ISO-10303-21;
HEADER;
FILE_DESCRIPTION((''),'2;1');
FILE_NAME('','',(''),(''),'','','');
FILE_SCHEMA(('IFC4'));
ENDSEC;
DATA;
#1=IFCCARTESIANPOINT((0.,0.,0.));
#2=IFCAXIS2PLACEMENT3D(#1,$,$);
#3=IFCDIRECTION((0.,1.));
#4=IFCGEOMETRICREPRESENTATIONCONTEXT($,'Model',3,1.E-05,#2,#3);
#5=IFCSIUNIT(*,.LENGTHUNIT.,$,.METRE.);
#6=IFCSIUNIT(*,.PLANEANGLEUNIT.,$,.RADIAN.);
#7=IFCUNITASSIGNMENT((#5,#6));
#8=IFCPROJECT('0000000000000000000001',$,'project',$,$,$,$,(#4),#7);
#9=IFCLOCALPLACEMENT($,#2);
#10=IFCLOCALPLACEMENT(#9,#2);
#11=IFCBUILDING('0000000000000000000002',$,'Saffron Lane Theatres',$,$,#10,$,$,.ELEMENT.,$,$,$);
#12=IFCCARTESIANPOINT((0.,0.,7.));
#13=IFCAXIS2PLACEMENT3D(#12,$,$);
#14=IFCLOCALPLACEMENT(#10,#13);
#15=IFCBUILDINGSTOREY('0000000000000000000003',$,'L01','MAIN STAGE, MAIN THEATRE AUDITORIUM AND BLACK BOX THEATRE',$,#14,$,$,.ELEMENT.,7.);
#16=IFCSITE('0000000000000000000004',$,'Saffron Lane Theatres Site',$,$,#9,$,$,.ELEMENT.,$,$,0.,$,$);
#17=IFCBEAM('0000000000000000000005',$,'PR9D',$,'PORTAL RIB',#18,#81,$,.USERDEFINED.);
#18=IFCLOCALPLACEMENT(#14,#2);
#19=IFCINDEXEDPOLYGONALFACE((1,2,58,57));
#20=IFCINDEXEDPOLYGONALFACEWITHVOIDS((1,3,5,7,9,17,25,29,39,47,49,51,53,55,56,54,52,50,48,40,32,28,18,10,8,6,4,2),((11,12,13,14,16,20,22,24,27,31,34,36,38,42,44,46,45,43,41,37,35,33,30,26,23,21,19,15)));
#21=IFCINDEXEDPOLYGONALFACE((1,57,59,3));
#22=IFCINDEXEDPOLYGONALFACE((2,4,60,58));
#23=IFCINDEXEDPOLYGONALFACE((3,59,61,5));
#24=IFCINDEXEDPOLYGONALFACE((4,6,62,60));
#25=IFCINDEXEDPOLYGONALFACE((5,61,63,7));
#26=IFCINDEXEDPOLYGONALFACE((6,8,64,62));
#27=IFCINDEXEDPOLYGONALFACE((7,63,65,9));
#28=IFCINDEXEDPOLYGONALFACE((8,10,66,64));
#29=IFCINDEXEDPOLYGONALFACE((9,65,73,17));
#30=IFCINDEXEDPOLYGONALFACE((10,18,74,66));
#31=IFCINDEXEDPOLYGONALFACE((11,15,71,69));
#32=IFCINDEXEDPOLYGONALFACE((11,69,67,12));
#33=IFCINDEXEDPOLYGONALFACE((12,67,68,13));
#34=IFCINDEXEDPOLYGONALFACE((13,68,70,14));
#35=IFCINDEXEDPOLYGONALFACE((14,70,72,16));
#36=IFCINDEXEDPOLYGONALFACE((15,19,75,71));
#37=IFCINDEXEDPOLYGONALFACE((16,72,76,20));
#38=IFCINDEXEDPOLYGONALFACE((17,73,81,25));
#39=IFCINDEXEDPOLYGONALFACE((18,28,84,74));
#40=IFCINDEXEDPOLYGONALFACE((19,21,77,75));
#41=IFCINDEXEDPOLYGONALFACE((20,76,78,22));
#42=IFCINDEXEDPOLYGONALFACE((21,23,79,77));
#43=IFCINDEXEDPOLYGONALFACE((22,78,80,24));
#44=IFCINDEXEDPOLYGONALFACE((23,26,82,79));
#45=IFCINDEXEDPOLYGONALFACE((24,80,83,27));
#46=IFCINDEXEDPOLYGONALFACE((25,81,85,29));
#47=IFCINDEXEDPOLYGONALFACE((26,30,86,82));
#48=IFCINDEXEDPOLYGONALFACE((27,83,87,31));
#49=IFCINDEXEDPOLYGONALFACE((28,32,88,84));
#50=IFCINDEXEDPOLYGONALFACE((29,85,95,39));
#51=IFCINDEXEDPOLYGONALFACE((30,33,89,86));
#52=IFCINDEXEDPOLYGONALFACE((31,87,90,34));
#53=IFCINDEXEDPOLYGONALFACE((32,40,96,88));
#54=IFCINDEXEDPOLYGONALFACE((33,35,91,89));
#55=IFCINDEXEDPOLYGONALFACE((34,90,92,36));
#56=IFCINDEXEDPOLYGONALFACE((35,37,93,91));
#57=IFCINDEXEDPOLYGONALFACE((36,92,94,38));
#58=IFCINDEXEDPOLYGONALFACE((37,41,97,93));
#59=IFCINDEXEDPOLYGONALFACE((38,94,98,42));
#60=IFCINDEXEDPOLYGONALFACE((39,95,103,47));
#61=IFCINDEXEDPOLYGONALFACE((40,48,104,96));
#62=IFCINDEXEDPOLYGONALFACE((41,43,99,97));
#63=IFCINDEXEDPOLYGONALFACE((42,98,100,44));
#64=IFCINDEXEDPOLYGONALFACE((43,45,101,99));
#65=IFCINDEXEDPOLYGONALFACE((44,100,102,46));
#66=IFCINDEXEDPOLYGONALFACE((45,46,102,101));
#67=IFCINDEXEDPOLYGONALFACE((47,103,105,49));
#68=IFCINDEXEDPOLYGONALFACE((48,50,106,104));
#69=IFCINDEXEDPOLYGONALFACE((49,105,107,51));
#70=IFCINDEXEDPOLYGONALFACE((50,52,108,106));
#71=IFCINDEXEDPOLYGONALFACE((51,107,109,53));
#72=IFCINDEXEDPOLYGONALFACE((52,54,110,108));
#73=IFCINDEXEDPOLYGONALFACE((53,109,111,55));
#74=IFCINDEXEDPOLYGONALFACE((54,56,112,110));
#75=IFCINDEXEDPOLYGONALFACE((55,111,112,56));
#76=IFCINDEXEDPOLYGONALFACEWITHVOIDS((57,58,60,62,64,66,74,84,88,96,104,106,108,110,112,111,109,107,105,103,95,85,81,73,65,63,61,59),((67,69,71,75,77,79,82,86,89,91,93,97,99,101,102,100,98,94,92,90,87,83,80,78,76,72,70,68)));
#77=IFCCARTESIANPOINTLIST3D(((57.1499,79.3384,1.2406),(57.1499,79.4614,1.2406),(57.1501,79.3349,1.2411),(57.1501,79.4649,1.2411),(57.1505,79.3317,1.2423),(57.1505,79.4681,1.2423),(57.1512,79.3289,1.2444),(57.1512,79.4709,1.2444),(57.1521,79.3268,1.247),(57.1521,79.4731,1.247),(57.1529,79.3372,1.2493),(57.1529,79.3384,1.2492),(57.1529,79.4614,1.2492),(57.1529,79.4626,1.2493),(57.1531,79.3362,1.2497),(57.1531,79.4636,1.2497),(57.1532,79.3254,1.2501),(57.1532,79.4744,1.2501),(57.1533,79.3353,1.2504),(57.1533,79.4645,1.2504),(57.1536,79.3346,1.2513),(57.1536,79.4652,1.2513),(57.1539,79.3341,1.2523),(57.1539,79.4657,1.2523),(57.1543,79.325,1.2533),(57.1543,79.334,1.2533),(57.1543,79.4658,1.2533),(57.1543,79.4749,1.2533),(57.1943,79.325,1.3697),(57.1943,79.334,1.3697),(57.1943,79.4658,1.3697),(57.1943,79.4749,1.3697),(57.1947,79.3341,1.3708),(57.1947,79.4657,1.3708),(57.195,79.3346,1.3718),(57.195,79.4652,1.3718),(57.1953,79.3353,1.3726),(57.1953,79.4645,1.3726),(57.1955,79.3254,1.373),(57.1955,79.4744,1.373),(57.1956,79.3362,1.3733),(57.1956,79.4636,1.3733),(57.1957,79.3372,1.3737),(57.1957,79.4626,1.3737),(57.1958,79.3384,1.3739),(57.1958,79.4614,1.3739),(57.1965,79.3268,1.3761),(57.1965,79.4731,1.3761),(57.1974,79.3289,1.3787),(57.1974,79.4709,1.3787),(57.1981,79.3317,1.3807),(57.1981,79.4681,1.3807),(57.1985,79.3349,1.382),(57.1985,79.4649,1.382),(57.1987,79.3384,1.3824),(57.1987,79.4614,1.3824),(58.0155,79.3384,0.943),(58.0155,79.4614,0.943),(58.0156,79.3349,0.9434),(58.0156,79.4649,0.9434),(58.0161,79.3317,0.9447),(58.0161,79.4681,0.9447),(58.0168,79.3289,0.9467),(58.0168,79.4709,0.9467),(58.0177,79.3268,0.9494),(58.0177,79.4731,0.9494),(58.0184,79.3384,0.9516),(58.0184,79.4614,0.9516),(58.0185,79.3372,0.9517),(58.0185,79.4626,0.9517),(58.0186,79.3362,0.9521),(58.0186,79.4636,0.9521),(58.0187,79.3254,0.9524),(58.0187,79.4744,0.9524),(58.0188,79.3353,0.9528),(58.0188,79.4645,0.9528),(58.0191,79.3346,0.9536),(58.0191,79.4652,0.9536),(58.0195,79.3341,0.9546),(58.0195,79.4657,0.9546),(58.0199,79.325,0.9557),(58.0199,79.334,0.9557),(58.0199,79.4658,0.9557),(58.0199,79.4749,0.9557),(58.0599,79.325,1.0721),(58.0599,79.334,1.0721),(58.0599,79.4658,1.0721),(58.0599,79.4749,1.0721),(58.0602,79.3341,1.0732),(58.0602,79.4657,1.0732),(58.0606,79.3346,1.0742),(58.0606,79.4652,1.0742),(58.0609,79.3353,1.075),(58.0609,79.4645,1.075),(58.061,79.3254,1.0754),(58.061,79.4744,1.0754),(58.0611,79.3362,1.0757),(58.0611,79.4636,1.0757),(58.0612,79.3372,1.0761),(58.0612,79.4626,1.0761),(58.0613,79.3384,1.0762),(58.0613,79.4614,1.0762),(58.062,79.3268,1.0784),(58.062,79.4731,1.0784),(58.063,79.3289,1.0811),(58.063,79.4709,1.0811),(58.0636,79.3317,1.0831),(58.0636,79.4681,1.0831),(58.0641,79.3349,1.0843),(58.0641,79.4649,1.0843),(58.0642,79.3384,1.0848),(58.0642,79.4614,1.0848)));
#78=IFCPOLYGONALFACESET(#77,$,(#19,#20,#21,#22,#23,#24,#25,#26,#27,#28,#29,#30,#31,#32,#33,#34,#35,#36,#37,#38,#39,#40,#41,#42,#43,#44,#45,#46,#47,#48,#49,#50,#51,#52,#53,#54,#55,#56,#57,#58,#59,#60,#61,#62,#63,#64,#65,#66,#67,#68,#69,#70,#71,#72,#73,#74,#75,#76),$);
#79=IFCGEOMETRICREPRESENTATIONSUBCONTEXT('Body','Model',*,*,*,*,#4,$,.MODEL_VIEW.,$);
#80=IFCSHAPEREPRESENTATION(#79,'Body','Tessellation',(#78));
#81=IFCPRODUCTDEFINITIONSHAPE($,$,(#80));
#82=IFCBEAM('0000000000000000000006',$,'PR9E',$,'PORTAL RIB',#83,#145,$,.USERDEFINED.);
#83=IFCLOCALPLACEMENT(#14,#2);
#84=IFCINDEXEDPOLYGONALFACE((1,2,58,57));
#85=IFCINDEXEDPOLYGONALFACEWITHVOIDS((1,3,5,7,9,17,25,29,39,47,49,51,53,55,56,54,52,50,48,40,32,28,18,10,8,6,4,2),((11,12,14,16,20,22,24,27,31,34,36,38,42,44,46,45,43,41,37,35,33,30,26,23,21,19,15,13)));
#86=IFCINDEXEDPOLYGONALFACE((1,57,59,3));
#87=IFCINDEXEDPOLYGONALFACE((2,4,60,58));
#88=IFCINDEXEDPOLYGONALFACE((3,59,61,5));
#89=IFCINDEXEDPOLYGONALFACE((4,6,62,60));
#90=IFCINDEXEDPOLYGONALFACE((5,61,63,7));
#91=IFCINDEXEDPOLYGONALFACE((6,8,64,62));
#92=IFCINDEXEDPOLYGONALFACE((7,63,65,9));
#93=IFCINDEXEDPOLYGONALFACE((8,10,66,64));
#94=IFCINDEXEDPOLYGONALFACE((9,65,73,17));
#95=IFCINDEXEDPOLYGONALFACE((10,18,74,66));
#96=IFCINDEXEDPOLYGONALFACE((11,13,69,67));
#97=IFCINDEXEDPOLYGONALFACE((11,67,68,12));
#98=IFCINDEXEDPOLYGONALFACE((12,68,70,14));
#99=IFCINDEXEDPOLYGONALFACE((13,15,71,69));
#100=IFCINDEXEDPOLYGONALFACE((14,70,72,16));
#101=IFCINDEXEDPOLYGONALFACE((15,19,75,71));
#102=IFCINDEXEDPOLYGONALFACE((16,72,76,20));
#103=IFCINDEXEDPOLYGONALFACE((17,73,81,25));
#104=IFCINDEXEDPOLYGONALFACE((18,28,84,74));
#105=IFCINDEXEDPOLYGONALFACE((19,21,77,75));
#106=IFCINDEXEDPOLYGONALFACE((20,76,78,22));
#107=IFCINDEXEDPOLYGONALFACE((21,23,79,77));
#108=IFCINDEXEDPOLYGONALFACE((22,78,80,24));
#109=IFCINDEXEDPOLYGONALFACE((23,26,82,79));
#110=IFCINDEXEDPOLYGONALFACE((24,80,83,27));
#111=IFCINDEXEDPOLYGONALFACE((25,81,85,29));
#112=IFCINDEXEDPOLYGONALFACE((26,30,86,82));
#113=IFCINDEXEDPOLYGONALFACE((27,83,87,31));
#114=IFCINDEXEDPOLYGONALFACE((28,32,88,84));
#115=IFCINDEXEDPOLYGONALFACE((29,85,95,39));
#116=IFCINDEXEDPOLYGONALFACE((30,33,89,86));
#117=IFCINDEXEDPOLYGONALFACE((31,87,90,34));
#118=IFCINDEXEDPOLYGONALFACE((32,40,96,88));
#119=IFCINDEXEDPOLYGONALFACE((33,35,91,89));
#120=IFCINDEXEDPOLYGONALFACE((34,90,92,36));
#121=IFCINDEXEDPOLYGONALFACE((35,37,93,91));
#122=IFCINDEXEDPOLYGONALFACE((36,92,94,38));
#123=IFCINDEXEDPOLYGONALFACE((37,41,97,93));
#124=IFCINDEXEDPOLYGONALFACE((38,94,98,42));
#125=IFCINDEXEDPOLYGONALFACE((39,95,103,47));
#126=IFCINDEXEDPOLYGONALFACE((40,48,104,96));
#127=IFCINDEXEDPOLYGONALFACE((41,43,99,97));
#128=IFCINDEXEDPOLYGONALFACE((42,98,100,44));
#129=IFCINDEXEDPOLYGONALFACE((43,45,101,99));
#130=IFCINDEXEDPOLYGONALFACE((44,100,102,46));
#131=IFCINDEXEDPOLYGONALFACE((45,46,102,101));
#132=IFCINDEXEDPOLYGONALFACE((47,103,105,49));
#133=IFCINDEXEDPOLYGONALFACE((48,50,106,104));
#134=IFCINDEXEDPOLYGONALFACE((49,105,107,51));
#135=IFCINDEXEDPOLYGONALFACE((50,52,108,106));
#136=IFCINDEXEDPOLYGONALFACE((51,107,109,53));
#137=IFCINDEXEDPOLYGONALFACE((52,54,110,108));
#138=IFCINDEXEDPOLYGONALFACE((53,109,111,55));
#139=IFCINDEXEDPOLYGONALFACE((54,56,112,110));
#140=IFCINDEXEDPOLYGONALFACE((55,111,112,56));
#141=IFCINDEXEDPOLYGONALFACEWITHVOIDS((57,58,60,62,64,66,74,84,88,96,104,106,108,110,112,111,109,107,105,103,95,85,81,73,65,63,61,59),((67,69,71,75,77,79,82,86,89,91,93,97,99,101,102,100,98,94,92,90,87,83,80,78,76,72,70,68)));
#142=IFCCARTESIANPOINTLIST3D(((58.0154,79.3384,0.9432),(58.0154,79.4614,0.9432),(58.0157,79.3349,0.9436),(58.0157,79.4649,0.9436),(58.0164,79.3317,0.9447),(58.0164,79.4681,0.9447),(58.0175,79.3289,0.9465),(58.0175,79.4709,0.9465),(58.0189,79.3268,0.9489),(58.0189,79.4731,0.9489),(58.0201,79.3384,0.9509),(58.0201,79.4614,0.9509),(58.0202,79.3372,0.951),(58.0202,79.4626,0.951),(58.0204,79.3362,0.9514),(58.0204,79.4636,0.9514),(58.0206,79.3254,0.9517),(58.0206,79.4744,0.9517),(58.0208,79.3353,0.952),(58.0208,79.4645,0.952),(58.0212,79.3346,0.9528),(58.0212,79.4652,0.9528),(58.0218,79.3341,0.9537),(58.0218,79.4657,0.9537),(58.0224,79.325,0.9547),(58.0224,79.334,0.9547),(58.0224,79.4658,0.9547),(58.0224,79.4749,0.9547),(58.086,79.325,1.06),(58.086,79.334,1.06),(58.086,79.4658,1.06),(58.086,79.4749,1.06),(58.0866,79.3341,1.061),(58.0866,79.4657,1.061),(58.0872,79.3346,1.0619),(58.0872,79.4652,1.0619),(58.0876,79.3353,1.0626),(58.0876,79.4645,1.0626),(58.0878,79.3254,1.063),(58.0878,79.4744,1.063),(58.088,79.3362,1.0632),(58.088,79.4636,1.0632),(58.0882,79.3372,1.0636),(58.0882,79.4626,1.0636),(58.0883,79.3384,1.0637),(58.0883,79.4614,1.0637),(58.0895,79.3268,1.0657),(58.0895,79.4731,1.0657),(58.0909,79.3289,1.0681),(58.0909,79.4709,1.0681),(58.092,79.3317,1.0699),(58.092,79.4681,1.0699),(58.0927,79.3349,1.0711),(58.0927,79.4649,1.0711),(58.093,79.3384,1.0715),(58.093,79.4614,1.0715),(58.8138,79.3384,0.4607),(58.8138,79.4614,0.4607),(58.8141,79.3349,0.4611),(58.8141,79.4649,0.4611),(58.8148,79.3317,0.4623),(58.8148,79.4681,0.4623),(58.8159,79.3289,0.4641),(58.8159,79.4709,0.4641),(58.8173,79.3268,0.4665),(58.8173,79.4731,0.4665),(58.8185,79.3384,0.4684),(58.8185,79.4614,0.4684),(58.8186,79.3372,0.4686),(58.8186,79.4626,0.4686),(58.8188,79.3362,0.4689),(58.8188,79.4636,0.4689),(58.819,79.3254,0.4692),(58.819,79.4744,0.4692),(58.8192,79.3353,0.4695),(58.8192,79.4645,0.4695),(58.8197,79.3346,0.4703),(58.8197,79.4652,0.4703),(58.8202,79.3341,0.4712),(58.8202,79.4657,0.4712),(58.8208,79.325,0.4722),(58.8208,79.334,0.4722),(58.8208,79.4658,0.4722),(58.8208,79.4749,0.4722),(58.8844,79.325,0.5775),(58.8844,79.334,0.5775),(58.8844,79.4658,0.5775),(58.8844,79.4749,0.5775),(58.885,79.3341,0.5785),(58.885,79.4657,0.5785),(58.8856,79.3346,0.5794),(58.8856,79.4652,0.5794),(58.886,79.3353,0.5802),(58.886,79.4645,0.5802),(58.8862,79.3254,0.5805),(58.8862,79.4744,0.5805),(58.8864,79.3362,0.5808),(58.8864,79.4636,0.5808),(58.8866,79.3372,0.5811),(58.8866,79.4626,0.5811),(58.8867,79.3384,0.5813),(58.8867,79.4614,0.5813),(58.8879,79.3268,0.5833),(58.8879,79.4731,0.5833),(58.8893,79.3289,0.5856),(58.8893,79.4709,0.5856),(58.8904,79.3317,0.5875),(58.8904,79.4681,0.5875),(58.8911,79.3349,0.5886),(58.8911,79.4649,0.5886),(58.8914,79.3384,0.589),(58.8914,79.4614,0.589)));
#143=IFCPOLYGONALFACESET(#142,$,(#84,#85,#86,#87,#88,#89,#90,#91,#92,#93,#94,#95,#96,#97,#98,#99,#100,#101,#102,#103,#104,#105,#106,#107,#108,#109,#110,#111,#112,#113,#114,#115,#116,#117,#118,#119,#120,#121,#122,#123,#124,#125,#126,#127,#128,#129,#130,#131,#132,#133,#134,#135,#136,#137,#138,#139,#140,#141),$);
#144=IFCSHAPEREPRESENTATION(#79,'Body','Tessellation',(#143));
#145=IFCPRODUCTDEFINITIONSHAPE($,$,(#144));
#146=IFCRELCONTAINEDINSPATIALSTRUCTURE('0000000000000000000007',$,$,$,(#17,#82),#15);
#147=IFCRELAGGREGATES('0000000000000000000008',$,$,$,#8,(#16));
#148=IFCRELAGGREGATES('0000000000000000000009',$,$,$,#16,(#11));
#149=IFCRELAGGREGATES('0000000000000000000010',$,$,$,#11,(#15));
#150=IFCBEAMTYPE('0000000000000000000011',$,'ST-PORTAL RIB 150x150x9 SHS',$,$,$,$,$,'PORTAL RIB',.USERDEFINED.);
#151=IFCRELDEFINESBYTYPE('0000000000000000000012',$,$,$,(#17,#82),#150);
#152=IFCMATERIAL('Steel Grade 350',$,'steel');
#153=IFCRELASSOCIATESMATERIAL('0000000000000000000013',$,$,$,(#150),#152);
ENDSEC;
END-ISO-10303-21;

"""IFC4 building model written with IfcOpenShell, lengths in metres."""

from ifc_helpers import new_model, si_unit, direction, frame, origin, origin_2d, place, context, subcontext, project, spatial, hollow_rectangle, extrude, material, material_profile, profile_set, type_object, element, save


model = new_model("IFC4")

# Units and contexts
model_context = context("Model", 3, precision=1e-05, world=origin(), true_north=direction((0.0, 1.0)))
body_context = subcontext(model_context, "Body", "Model", "MODEL_VIEW")
ifc_project = project(units=[si_unit("LENGTHUNIT", "METRE"), si_unit("PLANEANGLEUNIT", "RADIAN")], contexts=[model_context])

# Site, building, storey
site_placement = place(None, origin())
site = spatial("IfcSite", under=ifc_project, at=site_placement, Name="Saffron Lane Theatres Site", CompositionType="ELEMENT", RefElevation=0.0)
building_placement = place(site_placement, origin())
building = spatial("IfcBuilding", under=site, at=building_placement, Name="Saffron Lane Theatres", CompositionType="ELEMENT")
storey_placement = place(building_placement, frame((0.0, 0.0, 7.0)))
storey = spatial("IfcBuildingStorey", under=building, at=storey_placement, Name="L01", Description="MAIN STAGE, MAIN THEATRE AUDITORIUM AND BLACK BOX THEATRE", CompositionType="ELEMENT", Elevation=7.0)

# Beams
ifc_material_1 = material(Name="Steel Grade 350", Category="steel")
ifc_material_profile_1 = material_profile(ifc_material_1, hollow_rectangle(XDim=0.1499, YDim=0.1499, WallThickness=0.009, InnerFilletRadius=0.0044, OuterFilletRadius=0.0134, at=origin_2d()))
ifc_profile_set_1 = profile_set([ifc_material_profile_1], Name="Steel Grade 350")
beam_type_1 = type_object("IfcBeamType", Name="ST-PORTAL RIB 150x150x9 SHS", ElementType="PORTAL RIB", PredefinedType="USERDEFINED", material=ifc_profile_set_1)
beam_1_placement = place(storey_placement, frame((57.1743, 79.3999, 1.3115), z_axis=(0.945653, 0.0, -0.325177), x_axis=(0.0, 1.0, 0.0)))
element("IfcBeam", 1, at=beam_1_placement, inside=storey, type_object=beam_type_1, Name="PR9D", ObjectType="PORTAL RIB", PredefinedType="USERDEFINED", context=body_context, shape_type="SweptSolid", body=[
    extrude(hollow_rectangle(XDim=0.1499, YDim=0.1499, WallThickness=0.009, InnerFilletRadius=0.0044, OuterFilletRadius=0.0134, at=origin_2d()), origin(), (0.0, 0.0, 1.0), 0.9153),
])
beam_2_placement = place(storey_placement, frame((58.0542, 79.3999, 1.0073), z_axis=(0.855872, 0.0, -0.517188), x_axis=(0.0, 1.0, 0.0)))
element("IfcBeam", 2, at=beam_2_placement, inside=storey, type_object=beam_type_1, Name="PR9E", ObjectType="PORTAL RIB", PredefinedType="USERDEFINED", context=body_context, shape_type="SweptSolid", body=[
    extrude(hollow_rectangle(XDim=0.1499, YDim=0.1499, WallThickness=0.009, InnerFilletRadius=0.0044, OuterFilletRadius=0.0134, at=origin_2d()), origin(), (0.0, 0.0, 1.0), 0.9329),
])

save(model, "model.ifc")
